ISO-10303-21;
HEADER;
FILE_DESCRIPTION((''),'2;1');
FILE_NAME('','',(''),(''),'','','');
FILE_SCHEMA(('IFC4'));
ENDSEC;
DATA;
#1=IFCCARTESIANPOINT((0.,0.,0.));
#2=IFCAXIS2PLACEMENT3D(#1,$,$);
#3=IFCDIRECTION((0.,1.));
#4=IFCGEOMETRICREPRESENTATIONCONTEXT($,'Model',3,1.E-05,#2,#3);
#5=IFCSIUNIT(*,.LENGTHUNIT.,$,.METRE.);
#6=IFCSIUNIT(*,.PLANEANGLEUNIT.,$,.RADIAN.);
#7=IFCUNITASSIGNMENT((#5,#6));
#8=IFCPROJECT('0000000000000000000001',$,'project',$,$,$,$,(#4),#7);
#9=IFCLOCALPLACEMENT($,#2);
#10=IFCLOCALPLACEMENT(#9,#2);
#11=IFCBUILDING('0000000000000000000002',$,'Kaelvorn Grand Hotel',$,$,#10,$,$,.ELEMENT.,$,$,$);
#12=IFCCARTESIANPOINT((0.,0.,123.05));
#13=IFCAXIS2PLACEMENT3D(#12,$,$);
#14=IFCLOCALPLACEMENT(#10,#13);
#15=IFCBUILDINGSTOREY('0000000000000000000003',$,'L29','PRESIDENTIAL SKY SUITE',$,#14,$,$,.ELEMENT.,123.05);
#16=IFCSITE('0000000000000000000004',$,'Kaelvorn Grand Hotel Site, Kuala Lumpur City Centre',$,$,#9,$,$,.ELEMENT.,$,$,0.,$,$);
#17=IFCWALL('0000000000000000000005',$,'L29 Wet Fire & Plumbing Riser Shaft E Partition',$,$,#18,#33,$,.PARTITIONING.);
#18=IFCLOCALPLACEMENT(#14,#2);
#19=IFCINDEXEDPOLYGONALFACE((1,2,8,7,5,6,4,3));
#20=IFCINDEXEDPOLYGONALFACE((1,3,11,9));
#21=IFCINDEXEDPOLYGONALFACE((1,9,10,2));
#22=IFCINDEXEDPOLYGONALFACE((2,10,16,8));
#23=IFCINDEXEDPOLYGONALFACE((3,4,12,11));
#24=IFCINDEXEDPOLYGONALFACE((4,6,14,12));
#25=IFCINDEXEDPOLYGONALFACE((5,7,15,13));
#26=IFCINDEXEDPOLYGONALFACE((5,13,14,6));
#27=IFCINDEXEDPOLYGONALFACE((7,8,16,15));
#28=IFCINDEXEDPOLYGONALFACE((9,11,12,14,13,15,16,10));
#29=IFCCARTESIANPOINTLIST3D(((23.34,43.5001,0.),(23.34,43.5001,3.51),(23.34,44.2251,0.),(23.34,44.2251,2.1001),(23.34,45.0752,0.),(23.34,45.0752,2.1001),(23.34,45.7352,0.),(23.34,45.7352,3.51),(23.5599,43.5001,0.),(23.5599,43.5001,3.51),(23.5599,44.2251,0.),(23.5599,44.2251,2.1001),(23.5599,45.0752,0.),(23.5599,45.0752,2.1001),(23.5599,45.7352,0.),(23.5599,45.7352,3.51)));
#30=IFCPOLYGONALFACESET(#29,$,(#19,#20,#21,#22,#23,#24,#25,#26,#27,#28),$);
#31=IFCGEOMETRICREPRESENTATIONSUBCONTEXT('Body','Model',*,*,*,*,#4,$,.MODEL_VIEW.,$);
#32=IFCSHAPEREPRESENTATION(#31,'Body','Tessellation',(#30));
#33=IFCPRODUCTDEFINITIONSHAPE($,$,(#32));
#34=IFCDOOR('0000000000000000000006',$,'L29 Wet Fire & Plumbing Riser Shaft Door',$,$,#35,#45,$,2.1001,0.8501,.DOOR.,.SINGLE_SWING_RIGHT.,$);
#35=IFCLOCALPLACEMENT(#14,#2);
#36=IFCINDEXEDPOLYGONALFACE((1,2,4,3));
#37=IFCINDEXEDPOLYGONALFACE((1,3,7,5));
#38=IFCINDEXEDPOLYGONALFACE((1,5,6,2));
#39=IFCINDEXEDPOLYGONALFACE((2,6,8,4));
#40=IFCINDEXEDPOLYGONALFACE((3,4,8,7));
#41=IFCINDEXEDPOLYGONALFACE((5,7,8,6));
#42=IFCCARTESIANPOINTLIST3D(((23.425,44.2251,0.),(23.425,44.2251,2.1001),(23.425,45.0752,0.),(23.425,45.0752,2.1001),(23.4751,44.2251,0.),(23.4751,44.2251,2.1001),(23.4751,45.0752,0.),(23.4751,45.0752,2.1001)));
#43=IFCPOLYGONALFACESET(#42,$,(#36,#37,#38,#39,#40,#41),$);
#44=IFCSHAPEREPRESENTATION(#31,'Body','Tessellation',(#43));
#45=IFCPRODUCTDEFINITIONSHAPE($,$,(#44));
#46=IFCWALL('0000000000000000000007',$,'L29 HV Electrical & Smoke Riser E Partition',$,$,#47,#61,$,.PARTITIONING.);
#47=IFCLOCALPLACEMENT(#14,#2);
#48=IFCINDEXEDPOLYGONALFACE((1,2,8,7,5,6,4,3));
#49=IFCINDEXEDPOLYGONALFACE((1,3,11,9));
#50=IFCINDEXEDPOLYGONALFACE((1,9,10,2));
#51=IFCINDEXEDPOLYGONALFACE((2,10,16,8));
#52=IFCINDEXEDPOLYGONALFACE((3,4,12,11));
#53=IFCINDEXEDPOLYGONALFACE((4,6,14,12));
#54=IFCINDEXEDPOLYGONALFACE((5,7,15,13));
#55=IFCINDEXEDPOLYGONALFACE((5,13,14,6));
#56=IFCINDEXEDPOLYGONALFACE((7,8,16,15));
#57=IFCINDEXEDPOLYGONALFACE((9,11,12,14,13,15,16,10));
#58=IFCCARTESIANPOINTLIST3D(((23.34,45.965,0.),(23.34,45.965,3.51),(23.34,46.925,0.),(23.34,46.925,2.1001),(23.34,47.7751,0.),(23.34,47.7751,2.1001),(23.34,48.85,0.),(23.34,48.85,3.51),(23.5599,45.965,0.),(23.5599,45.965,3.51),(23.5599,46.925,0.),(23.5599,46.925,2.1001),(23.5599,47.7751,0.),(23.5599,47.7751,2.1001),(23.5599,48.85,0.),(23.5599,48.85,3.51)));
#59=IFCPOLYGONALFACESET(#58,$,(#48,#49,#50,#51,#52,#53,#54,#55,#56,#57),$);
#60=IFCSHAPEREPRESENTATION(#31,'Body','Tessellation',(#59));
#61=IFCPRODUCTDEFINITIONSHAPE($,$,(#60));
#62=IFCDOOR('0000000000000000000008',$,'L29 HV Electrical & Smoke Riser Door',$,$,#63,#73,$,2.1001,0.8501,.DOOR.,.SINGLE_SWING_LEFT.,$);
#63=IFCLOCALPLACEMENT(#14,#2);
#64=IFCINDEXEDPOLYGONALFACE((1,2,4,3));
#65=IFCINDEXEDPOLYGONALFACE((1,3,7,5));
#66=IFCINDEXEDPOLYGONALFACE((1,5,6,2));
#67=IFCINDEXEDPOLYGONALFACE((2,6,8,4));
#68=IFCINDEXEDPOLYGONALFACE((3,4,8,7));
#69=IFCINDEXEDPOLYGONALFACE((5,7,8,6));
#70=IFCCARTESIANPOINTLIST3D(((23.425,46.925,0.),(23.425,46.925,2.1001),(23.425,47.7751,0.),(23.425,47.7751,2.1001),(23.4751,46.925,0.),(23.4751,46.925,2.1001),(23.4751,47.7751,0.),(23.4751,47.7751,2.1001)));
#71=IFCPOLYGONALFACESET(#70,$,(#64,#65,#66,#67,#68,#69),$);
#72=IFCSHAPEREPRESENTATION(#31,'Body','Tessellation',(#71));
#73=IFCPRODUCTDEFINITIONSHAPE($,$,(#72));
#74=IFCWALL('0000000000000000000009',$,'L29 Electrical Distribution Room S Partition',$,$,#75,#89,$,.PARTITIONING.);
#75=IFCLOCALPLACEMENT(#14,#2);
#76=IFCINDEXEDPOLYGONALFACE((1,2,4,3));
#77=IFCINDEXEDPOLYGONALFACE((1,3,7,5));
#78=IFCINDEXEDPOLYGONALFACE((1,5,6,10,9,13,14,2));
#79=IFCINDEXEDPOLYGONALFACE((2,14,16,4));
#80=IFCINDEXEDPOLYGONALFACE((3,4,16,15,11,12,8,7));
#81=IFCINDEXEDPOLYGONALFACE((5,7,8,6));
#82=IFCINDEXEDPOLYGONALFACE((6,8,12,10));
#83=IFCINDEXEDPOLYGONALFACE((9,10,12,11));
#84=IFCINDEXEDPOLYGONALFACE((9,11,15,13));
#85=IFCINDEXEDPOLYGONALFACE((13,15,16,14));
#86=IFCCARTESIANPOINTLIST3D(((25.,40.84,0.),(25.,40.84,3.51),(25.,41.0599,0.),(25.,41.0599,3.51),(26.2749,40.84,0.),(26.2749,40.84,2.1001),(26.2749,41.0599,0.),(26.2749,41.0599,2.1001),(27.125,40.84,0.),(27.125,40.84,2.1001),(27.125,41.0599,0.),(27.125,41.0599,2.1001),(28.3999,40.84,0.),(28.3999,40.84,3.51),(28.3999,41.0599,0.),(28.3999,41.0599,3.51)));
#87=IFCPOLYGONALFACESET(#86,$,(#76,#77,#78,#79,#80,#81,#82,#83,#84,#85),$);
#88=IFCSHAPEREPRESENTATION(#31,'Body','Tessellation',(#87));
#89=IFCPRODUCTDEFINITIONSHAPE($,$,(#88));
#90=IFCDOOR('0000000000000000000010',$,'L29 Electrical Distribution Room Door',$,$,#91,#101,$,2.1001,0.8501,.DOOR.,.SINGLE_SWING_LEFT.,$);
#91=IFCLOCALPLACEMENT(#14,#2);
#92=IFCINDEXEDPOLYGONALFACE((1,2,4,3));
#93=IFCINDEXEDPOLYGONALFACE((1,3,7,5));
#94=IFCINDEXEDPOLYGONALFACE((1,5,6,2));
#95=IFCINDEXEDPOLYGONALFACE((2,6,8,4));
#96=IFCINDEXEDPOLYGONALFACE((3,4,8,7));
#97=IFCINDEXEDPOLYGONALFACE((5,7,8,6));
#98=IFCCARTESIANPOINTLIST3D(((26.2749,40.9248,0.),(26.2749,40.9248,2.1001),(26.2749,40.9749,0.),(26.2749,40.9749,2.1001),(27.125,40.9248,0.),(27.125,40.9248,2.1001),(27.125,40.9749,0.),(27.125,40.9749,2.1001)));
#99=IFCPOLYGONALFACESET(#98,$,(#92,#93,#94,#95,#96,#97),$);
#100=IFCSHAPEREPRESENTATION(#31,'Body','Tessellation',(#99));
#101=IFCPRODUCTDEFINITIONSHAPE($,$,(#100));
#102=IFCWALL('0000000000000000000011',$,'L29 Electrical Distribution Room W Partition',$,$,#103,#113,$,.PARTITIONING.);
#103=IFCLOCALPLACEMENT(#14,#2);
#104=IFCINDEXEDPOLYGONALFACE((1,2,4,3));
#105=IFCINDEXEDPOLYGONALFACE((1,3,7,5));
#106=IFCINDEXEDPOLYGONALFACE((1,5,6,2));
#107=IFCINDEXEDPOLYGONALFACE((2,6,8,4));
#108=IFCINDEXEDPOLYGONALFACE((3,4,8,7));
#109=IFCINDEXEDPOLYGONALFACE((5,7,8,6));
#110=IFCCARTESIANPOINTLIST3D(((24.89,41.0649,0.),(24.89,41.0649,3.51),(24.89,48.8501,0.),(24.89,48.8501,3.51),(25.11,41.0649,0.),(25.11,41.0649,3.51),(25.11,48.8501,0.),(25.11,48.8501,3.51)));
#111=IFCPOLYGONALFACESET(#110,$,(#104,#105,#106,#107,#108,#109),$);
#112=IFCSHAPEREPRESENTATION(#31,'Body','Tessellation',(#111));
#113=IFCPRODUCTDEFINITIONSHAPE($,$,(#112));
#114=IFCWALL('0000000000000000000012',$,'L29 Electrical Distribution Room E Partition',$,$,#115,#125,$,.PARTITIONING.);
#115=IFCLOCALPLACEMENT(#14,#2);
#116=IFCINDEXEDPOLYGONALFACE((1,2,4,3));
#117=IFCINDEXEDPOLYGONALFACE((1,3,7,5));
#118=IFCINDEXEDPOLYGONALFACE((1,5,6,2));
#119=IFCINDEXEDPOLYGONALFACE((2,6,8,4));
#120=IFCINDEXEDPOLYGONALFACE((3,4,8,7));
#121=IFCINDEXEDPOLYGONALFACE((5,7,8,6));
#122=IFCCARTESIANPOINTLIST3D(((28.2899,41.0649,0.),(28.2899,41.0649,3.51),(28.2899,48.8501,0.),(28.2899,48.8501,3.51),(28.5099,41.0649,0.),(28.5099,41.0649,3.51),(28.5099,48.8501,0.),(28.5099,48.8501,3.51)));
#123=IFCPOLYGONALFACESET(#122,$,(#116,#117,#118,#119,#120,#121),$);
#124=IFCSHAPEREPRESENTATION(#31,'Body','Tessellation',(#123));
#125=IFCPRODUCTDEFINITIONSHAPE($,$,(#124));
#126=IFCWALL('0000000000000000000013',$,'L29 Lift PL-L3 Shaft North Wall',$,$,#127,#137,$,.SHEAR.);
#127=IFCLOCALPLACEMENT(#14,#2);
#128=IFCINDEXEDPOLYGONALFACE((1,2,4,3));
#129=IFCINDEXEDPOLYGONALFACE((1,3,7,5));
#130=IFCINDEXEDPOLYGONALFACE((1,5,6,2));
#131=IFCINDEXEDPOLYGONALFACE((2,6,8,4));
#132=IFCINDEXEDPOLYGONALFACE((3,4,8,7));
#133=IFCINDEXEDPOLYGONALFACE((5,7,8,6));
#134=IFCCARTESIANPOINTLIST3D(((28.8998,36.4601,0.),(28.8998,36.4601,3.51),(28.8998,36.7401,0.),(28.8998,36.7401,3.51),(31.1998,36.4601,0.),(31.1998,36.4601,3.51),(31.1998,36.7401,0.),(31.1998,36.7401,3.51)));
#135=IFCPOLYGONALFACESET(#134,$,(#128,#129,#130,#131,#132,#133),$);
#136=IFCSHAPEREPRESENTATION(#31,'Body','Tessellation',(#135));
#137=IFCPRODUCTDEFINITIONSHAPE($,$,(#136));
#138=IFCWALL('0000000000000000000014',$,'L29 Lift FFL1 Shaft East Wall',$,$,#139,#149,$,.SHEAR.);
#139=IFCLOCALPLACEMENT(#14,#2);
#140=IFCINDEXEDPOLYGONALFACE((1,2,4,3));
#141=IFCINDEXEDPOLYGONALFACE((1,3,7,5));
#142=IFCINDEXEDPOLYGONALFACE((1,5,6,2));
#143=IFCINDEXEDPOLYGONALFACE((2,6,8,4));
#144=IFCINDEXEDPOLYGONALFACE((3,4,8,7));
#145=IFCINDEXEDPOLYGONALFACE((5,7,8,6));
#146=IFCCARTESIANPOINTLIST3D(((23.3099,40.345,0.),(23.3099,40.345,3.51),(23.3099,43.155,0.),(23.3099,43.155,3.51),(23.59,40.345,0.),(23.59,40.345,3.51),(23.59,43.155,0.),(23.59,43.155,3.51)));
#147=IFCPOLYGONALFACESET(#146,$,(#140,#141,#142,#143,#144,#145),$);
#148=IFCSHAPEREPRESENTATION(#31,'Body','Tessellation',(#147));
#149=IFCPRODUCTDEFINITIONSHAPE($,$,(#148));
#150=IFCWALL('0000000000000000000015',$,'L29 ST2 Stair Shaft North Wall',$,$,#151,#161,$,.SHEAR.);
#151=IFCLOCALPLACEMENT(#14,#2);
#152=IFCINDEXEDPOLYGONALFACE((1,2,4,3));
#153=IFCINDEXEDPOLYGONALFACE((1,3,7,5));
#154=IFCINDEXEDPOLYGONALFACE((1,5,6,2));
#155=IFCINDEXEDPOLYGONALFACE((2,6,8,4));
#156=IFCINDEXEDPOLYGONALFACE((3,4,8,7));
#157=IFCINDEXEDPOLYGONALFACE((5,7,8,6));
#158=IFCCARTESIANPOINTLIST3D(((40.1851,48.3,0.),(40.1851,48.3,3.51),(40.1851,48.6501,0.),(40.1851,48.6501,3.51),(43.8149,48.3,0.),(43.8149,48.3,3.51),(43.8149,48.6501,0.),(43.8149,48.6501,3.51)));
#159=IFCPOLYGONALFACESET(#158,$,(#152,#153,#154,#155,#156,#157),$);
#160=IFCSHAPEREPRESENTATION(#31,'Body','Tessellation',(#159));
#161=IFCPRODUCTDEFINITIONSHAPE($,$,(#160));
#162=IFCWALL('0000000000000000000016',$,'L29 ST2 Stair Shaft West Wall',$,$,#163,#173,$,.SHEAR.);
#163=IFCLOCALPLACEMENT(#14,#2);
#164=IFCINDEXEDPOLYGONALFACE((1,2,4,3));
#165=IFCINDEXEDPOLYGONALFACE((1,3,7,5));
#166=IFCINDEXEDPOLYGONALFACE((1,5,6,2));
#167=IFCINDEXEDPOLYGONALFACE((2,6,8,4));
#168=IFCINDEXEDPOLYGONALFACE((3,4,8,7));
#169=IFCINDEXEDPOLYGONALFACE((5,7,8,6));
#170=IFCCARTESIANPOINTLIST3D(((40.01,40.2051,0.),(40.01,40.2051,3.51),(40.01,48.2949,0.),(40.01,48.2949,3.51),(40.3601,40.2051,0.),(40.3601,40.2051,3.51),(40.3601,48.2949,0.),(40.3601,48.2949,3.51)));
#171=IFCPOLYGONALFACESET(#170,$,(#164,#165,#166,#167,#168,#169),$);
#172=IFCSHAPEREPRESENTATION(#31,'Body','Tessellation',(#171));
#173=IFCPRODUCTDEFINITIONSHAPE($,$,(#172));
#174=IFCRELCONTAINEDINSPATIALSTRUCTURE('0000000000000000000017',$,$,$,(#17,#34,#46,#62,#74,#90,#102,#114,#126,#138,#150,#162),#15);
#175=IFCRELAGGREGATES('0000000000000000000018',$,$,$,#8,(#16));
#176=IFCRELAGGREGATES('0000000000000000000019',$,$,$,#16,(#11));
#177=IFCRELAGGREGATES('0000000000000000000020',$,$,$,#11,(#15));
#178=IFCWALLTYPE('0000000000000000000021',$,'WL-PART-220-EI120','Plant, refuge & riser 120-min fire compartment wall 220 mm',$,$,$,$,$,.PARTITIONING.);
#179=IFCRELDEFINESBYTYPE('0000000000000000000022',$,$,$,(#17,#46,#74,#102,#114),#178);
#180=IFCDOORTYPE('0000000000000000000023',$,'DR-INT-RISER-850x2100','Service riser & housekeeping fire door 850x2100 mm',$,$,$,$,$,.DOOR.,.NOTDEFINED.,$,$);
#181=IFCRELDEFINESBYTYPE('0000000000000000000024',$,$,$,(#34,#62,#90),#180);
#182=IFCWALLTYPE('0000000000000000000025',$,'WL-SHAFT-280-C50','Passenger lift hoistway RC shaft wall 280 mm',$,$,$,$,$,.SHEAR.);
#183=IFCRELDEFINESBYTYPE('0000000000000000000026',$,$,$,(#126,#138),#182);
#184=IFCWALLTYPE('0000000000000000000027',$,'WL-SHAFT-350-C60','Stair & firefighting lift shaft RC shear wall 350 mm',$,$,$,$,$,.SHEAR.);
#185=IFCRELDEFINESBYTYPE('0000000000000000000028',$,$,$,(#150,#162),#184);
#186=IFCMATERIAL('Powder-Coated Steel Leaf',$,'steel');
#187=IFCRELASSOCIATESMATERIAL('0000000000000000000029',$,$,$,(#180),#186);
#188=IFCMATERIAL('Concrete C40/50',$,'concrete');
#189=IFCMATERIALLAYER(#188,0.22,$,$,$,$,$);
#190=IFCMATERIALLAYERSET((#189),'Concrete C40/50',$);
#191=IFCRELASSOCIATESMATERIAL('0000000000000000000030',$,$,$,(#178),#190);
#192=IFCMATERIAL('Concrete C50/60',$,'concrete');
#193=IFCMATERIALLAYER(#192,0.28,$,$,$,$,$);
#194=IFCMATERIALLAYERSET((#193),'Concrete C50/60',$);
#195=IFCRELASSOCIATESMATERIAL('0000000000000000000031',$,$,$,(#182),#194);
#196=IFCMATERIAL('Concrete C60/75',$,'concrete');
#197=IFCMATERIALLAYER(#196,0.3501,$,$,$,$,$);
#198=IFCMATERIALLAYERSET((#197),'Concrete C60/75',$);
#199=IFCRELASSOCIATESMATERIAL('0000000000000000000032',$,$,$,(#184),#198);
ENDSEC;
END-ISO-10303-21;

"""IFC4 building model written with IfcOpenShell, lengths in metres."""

from ifc_helpers import new_model, si_unit, direction, frame, frame_2d, origin, place, context, subcontext, project, spatial, rectangle, extrude, material, layer, layer_set, type_object, element, fill, save


model = new_model("IFC4")

# Units and contexts
model_context = context("Model", 3, precision=1e-05, world=origin(), true_north=direction((0.0, 1.0)))
body_context = subcontext(model_context, "Body", "Model", "MODEL_VIEW")
ifc_project = project(units=[si_unit("LENGTHUNIT", "METRE"), si_unit("PLANEANGLEUNIT", "RADIAN")], contexts=[model_context])

# Site, building, storey
site_placement = place(None, origin())
site = spatial("IfcSite", under=ifc_project, at=site_placement, Name="Kaelvorn Grand Hotel Site, Kuala Lumpur City Centre", CompositionType="ELEMENT", RefElevation=0.0)
building_placement = place(site_placement, origin())
building = spatial("IfcBuilding", under=site, at=building_placement, Name="Kaelvorn Grand Hotel", CompositionType="ELEMENT")
storey_placement = place(building_placement, frame((0.0, 0.0, 123.05)))
storey = spatial("IfcBuildingStorey", under=building, at=storey_placement, Name="L29", Description="PRESIDENTIAL SKY SUITE", CompositionType="ELEMENT", Elevation=123.05)

# Shared definitions
ifc_material_1 = material(Name="Concrete C60/75", Category="concrete")

# Shared definitions
ifc_material_2 = material(Name="Powder-Coated Steel Leaf", Category="steel")
door_type_1 = type_object("IfcDoorType", Name="DR-INT-RISER-850x2100", Description="Service riser & housekeeping fire door 850x2100 mm", OperationType="NOTDEFINED", PredefinedType="DOOR", material=ifc_material_2)

# Walls, openings, doors
ifc_material_3 = material(Name="Concrete C40/50", Category="concrete")
ifc_layer_1 = layer(ifc_material_3, 0.22)
ifc_layer_set_1 = layer_set([ifc_layer_1], Name="Concrete C40/50")
wall_type_1 = type_object("IfcWallType", Name="WL-PART-220-EI120", Description="Plant, refuge & riser 120-min fire compartment wall 220 mm", PredefinedType="PARTITIONING", material=ifc_layer_set_1)
wall_1_placement = place(storey_placement, frame((23.45, 43.5, 0.0), z_axis=(0.0, 0.0, 1.0), x_axis=(0.0, 1.0, 0.0)))
wall_1 = element("IfcWall", 1, at=wall_1_placement, inside=storey, type_object=wall_type_1, Name="L29 Wet Fire & Plumbing Riser Shaft E Partition", PredefinedType="PARTITIONING", context=body_context, shape_type="SweptSolid", body=[
    extrude(rectangle(XDim=2.2351, YDim=0.22, at=frame_2d((1.1177, 0.0))), origin(), (0.0, 0.0, 1.0), 3.51),
])
opening_1_placement = place(wall_1_placement, frame((0.7251, 0.0, 0.0)))
opening_1 = element("IfcOpeningElement", 2, at=opening_1_placement, cuts=wall_1, PredefinedType="OPENING", context=body_context, shape_type="SweptSolid", body=[
    extrude(rectangle(XDim=0.8501, YDim=2.1001, at=frame_2d((0.425, 1.05))), frame((0.0, 0.1201, 0.0), z_axis=(0.0, -1.0, 0.0), x_axis=(1.0, 0.0, 0.0)), (0.0, 0.0, 1.0), 0.24),
])
door_1_placement = place(opening_1_placement, origin())
door_1 = element("IfcDoor", 3, at=door_1_placement, inside=storey, type_object=door_type_1, Name="L29 Wet Fire & Plumbing Riser Shaft Door", OperationType="SINGLE_SWING_RIGHT", OverallHeight=2.1001, OverallWidth=0.8501, PredefinedType="DOOR", context=body_context, shape_type="SweptSolid", body=[
    extrude(rectangle(XDim=0.8501, YDim=2.1001, at=frame_2d((0.425, 1.05))), frame((0.0, 0.0249, 0.0), z_axis=(0.0, -1.0, 0.0), x_axis=(1.0, 0.0, 0.0)), (0.0, 0.0, 1.0), 0.05),
])
fill(opening_1, door_1)
wall_2_placement = place(storey_placement, frame((23.45, 45.9651, 0.0), z_axis=(0.0, 0.0, 1.0), x_axis=(0.0, 1.0, 0.0)))
wall_2 = element("IfcWall", 4, at=wall_2_placement, inside=storey, type_object=wall_type_1, Name="L29 HV Electrical & Smoke Riser E Partition", PredefinedType="PARTITIONING", context=body_context, shape_type="SweptSolid", body=[
    extrude(rectangle(XDim=2.885, YDim=0.22, at=frame_2d((1.4424, 0.0))), origin(), (0.0, 0.0, 1.0), 3.51),
])
opening_2_placement = place(wall_2_placement, frame((0.96, 0.0, 0.0)))
opening_2 = element("IfcOpeningElement", 5, at=opening_2_placement, cuts=wall_2, PredefinedType="OPENING", context=body_context, shape_type="SweptSolid", body=[
    extrude(rectangle(XDim=0.8501, YDim=2.1001, at=frame_2d((0.425, 1.05))), frame((0.0, 0.1201, 0.0), z_axis=(0.0, -1.0, 0.0), x_axis=(1.0, 0.0, 0.0)), (0.0, 0.0, 1.0), 0.24),
])
door_2_placement = place(opening_2_placement, origin())
door_2 = element("IfcDoor", 6, at=door_2_placement, inside=storey, type_object=door_type_1, Name="L29 HV Electrical & Smoke Riser Door", OperationType="SINGLE_SWING_LEFT", OverallHeight=2.1001, OverallWidth=0.8501, PredefinedType="DOOR", context=body_context, shape_type="SweptSolid", body=[
    extrude(rectangle(XDim=0.8501, YDim=2.1001, at=frame_2d((0.425, 1.05))), frame((0.0, 0.0249, 0.0), z_axis=(0.0, -1.0, 0.0), x_axis=(1.0, 0.0, 0.0)), (0.0, 0.0, 1.0), 0.05),
])
fill(opening_2, door_2)
wall_3_placement = place(storey_placement, frame((25.0, 40.95, 0.0), z_axis=(0.0, 0.0, 1.0), x_axis=(1.0, 0.0, 0.0)))
wall_3 = element("IfcWall", 7, at=wall_3_placement, inside=storey, type_object=wall_type_1, Name="L29 Electrical Distribution Room S Partition", PredefinedType="PARTITIONING", context=body_context, shape_type="SweptSolid", body=[
    extrude(rectangle(XDim=3.3999, YDim=0.22, at=frame_2d((1.7, 0.0))), origin(), (0.0, 0.0, 1.0), 3.51),
])
opening_3_placement = place(wall_3_placement, frame((1.2749, 0.0, 0.0)))
opening_3 = element("IfcOpeningElement", 8, at=opening_3_placement, cuts=wall_3, PredefinedType="OPENING", context=body_context, shape_type="SweptSolid", body=[
    extrude(rectangle(XDim=0.8501, YDim=2.1001, at=frame_2d((0.425, 1.05))), frame((0.0, 0.1201, 0.0), z_axis=(0.0, -1.0, 0.0), x_axis=(1.0, 0.0, 0.0)), (0.0, 0.0, 1.0), 0.24),
])
door_3_placement = place(opening_3_placement, origin())
door_3 = element("IfcDoor", 9, at=door_3_placement, inside=storey, type_object=door_type_1, Name="L29 Electrical Distribution Room Door", OperationType="SINGLE_SWING_LEFT", OverallHeight=2.1001, OverallWidth=0.8501, PredefinedType="DOOR", context=body_context, shape_type="SweptSolid", body=[
    extrude(rectangle(XDim=0.8501, YDim=2.1001, at=frame_2d((0.425, 1.05))), frame((0.0, 0.0249, 0.0), z_axis=(0.0, -1.0, 0.0), x_axis=(1.0, 0.0, 0.0)), (0.0, 0.0, 1.0), 0.05),
])
fill(opening_3, door_3)

# Walls
for number, where, z_axis, x_axis, name in (
    (10, (25.0, 41.0649, 0.0), (0.0, 0.0, 1.0), (0.0, 1.0, 0.0), "L29 Electrical Distribution Room W Partition"),
    (11, (28.3999, 41.0649, 0.0), (0.0, 0.0, 1.0), (0.0, 1.0, 0.0), "L29 Electrical Distribution Room E Partition"),
):
    element("IfcWall", number, at=place(storey_placement, frame(where, z_axis=z_axis, x_axis=x_axis)), inside=storey, type_object=wall_type_1, Name=name, PredefinedType="PARTITIONING", context=body_context, shape_type="SweptSolid", body=[
        extrude(rectangle(XDim=7.7852, YDim=0.22, at=frame_2d((3.8926, 0.0))), origin(), (0.0, 0.0, 1.0), 3.51),
    ])
ifc_material_4 = material(Name="Concrete C50/60", Category="concrete")
ifc_layer_2 = layer(ifc_material_4, 0.28)
ifc_layer_set_2 = layer_set([ifc_layer_2], Name="Concrete C50/60")
wall_type_2 = type_object("IfcWallType", Name="WL-SHAFT-280-C50", Description="Passenger lift hoistway RC shaft wall 280 mm", PredefinedType="SHEAR", material=ifc_layer_set_2)
wall_4_placement = place(storey_placement, frame((28.8999, 36.6001, 0.0), z_axis=(0.0, 0.0, 1.0), x_axis=(1.0, 0.0, 0.0)))
element("IfcWall", 12, at=wall_4_placement, inside=storey, type_object=wall_type_2, Name="L29 Lift PL-L3 Shaft North Wall", PredefinedType="SHEAR", context=body_context, shape_type="SweptSolid", body=[
    extrude(rectangle(XDim=2.3, YDim=0.28, at=frame_2d((1.1499, 0.0))), origin(), (0.0, 0.0, 1.0), 3.51),
])
wall_5_placement = place(storey_placement, frame((23.45, 40.345, 0.0), z_axis=(0.0, 0.0, 1.0), x_axis=(0.0, 1.0, 0.0)))
element("IfcWall", 13, at=wall_5_placement, inside=storey, type_object=wall_type_2, Name="L29 Lift FFL1 Shaft East Wall", PredefinedType="SHEAR", context=body_context, shape_type="SweptSolid", body=[
    extrude(rectangle(XDim=2.8101, YDim=0.28, at=frame_2d((1.405, 0.0))), origin(), (0.0, 0.0, 1.0), 3.51),
])

# Shared definitions
ifc_layer_3 = layer(ifc_material_1, 0.3501)
ifc_layer_set_3 = layer_set([ifc_layer_3], Name="Concrete C60/75")
wall_type_3 = type_object("IfcWallType", Name="WL-SHAFT-350-C60", Description="Stair & firefighting lift shaft RC shear wall 350 mm", PredefinedType="SHEAR", material=ifc_layer_set_3)

# Walls
wall_6_placement = place(storey_placement, frame((40.1851, 48.4751, 0.0), z_axis=(0.0, 0.0, 1.0), x_axis=(1.0, 0.0, 0.0)))
element("IfcWall", 14, at=wall_6_placement, inside=storey, type_object=wall_type_3, Name="L29 ST2 Stair Shaft North Wall", PredefinedType="SHEAR", context=body_context, shape_type="SweptSolid", body=[
    extrude(rectangle(XDim=3.6299, YDim=0.3501, at=frame_2d((1.8149, 0.0))), origin(), (0.0, 0.0, 1.0), 3.51),
])
wall_7_placement = place(storey_placement, frame((40.1851, 40.2051, 0.0), z_axis=(0.0, 0.0, 1.0), x_axis=(0.0, 1.0, 0.0)))
element("IfcWall", 15, at=wall_7_placement, inside=storey, type_object=wall_type_3, Name="L29 ST2 Stair Shaft West Wall", PredefinedType="SHEAR", context=body_context, shape_type="SweptSolid", body=[
    extrude(rectangle(XDim=8.0898, YDim=0.3501, at=frame_2d((4.0449, 0.0))), origin(), (0.0, 0.0, 1.0), 3.51),
])

save(model, "model.ifc")
